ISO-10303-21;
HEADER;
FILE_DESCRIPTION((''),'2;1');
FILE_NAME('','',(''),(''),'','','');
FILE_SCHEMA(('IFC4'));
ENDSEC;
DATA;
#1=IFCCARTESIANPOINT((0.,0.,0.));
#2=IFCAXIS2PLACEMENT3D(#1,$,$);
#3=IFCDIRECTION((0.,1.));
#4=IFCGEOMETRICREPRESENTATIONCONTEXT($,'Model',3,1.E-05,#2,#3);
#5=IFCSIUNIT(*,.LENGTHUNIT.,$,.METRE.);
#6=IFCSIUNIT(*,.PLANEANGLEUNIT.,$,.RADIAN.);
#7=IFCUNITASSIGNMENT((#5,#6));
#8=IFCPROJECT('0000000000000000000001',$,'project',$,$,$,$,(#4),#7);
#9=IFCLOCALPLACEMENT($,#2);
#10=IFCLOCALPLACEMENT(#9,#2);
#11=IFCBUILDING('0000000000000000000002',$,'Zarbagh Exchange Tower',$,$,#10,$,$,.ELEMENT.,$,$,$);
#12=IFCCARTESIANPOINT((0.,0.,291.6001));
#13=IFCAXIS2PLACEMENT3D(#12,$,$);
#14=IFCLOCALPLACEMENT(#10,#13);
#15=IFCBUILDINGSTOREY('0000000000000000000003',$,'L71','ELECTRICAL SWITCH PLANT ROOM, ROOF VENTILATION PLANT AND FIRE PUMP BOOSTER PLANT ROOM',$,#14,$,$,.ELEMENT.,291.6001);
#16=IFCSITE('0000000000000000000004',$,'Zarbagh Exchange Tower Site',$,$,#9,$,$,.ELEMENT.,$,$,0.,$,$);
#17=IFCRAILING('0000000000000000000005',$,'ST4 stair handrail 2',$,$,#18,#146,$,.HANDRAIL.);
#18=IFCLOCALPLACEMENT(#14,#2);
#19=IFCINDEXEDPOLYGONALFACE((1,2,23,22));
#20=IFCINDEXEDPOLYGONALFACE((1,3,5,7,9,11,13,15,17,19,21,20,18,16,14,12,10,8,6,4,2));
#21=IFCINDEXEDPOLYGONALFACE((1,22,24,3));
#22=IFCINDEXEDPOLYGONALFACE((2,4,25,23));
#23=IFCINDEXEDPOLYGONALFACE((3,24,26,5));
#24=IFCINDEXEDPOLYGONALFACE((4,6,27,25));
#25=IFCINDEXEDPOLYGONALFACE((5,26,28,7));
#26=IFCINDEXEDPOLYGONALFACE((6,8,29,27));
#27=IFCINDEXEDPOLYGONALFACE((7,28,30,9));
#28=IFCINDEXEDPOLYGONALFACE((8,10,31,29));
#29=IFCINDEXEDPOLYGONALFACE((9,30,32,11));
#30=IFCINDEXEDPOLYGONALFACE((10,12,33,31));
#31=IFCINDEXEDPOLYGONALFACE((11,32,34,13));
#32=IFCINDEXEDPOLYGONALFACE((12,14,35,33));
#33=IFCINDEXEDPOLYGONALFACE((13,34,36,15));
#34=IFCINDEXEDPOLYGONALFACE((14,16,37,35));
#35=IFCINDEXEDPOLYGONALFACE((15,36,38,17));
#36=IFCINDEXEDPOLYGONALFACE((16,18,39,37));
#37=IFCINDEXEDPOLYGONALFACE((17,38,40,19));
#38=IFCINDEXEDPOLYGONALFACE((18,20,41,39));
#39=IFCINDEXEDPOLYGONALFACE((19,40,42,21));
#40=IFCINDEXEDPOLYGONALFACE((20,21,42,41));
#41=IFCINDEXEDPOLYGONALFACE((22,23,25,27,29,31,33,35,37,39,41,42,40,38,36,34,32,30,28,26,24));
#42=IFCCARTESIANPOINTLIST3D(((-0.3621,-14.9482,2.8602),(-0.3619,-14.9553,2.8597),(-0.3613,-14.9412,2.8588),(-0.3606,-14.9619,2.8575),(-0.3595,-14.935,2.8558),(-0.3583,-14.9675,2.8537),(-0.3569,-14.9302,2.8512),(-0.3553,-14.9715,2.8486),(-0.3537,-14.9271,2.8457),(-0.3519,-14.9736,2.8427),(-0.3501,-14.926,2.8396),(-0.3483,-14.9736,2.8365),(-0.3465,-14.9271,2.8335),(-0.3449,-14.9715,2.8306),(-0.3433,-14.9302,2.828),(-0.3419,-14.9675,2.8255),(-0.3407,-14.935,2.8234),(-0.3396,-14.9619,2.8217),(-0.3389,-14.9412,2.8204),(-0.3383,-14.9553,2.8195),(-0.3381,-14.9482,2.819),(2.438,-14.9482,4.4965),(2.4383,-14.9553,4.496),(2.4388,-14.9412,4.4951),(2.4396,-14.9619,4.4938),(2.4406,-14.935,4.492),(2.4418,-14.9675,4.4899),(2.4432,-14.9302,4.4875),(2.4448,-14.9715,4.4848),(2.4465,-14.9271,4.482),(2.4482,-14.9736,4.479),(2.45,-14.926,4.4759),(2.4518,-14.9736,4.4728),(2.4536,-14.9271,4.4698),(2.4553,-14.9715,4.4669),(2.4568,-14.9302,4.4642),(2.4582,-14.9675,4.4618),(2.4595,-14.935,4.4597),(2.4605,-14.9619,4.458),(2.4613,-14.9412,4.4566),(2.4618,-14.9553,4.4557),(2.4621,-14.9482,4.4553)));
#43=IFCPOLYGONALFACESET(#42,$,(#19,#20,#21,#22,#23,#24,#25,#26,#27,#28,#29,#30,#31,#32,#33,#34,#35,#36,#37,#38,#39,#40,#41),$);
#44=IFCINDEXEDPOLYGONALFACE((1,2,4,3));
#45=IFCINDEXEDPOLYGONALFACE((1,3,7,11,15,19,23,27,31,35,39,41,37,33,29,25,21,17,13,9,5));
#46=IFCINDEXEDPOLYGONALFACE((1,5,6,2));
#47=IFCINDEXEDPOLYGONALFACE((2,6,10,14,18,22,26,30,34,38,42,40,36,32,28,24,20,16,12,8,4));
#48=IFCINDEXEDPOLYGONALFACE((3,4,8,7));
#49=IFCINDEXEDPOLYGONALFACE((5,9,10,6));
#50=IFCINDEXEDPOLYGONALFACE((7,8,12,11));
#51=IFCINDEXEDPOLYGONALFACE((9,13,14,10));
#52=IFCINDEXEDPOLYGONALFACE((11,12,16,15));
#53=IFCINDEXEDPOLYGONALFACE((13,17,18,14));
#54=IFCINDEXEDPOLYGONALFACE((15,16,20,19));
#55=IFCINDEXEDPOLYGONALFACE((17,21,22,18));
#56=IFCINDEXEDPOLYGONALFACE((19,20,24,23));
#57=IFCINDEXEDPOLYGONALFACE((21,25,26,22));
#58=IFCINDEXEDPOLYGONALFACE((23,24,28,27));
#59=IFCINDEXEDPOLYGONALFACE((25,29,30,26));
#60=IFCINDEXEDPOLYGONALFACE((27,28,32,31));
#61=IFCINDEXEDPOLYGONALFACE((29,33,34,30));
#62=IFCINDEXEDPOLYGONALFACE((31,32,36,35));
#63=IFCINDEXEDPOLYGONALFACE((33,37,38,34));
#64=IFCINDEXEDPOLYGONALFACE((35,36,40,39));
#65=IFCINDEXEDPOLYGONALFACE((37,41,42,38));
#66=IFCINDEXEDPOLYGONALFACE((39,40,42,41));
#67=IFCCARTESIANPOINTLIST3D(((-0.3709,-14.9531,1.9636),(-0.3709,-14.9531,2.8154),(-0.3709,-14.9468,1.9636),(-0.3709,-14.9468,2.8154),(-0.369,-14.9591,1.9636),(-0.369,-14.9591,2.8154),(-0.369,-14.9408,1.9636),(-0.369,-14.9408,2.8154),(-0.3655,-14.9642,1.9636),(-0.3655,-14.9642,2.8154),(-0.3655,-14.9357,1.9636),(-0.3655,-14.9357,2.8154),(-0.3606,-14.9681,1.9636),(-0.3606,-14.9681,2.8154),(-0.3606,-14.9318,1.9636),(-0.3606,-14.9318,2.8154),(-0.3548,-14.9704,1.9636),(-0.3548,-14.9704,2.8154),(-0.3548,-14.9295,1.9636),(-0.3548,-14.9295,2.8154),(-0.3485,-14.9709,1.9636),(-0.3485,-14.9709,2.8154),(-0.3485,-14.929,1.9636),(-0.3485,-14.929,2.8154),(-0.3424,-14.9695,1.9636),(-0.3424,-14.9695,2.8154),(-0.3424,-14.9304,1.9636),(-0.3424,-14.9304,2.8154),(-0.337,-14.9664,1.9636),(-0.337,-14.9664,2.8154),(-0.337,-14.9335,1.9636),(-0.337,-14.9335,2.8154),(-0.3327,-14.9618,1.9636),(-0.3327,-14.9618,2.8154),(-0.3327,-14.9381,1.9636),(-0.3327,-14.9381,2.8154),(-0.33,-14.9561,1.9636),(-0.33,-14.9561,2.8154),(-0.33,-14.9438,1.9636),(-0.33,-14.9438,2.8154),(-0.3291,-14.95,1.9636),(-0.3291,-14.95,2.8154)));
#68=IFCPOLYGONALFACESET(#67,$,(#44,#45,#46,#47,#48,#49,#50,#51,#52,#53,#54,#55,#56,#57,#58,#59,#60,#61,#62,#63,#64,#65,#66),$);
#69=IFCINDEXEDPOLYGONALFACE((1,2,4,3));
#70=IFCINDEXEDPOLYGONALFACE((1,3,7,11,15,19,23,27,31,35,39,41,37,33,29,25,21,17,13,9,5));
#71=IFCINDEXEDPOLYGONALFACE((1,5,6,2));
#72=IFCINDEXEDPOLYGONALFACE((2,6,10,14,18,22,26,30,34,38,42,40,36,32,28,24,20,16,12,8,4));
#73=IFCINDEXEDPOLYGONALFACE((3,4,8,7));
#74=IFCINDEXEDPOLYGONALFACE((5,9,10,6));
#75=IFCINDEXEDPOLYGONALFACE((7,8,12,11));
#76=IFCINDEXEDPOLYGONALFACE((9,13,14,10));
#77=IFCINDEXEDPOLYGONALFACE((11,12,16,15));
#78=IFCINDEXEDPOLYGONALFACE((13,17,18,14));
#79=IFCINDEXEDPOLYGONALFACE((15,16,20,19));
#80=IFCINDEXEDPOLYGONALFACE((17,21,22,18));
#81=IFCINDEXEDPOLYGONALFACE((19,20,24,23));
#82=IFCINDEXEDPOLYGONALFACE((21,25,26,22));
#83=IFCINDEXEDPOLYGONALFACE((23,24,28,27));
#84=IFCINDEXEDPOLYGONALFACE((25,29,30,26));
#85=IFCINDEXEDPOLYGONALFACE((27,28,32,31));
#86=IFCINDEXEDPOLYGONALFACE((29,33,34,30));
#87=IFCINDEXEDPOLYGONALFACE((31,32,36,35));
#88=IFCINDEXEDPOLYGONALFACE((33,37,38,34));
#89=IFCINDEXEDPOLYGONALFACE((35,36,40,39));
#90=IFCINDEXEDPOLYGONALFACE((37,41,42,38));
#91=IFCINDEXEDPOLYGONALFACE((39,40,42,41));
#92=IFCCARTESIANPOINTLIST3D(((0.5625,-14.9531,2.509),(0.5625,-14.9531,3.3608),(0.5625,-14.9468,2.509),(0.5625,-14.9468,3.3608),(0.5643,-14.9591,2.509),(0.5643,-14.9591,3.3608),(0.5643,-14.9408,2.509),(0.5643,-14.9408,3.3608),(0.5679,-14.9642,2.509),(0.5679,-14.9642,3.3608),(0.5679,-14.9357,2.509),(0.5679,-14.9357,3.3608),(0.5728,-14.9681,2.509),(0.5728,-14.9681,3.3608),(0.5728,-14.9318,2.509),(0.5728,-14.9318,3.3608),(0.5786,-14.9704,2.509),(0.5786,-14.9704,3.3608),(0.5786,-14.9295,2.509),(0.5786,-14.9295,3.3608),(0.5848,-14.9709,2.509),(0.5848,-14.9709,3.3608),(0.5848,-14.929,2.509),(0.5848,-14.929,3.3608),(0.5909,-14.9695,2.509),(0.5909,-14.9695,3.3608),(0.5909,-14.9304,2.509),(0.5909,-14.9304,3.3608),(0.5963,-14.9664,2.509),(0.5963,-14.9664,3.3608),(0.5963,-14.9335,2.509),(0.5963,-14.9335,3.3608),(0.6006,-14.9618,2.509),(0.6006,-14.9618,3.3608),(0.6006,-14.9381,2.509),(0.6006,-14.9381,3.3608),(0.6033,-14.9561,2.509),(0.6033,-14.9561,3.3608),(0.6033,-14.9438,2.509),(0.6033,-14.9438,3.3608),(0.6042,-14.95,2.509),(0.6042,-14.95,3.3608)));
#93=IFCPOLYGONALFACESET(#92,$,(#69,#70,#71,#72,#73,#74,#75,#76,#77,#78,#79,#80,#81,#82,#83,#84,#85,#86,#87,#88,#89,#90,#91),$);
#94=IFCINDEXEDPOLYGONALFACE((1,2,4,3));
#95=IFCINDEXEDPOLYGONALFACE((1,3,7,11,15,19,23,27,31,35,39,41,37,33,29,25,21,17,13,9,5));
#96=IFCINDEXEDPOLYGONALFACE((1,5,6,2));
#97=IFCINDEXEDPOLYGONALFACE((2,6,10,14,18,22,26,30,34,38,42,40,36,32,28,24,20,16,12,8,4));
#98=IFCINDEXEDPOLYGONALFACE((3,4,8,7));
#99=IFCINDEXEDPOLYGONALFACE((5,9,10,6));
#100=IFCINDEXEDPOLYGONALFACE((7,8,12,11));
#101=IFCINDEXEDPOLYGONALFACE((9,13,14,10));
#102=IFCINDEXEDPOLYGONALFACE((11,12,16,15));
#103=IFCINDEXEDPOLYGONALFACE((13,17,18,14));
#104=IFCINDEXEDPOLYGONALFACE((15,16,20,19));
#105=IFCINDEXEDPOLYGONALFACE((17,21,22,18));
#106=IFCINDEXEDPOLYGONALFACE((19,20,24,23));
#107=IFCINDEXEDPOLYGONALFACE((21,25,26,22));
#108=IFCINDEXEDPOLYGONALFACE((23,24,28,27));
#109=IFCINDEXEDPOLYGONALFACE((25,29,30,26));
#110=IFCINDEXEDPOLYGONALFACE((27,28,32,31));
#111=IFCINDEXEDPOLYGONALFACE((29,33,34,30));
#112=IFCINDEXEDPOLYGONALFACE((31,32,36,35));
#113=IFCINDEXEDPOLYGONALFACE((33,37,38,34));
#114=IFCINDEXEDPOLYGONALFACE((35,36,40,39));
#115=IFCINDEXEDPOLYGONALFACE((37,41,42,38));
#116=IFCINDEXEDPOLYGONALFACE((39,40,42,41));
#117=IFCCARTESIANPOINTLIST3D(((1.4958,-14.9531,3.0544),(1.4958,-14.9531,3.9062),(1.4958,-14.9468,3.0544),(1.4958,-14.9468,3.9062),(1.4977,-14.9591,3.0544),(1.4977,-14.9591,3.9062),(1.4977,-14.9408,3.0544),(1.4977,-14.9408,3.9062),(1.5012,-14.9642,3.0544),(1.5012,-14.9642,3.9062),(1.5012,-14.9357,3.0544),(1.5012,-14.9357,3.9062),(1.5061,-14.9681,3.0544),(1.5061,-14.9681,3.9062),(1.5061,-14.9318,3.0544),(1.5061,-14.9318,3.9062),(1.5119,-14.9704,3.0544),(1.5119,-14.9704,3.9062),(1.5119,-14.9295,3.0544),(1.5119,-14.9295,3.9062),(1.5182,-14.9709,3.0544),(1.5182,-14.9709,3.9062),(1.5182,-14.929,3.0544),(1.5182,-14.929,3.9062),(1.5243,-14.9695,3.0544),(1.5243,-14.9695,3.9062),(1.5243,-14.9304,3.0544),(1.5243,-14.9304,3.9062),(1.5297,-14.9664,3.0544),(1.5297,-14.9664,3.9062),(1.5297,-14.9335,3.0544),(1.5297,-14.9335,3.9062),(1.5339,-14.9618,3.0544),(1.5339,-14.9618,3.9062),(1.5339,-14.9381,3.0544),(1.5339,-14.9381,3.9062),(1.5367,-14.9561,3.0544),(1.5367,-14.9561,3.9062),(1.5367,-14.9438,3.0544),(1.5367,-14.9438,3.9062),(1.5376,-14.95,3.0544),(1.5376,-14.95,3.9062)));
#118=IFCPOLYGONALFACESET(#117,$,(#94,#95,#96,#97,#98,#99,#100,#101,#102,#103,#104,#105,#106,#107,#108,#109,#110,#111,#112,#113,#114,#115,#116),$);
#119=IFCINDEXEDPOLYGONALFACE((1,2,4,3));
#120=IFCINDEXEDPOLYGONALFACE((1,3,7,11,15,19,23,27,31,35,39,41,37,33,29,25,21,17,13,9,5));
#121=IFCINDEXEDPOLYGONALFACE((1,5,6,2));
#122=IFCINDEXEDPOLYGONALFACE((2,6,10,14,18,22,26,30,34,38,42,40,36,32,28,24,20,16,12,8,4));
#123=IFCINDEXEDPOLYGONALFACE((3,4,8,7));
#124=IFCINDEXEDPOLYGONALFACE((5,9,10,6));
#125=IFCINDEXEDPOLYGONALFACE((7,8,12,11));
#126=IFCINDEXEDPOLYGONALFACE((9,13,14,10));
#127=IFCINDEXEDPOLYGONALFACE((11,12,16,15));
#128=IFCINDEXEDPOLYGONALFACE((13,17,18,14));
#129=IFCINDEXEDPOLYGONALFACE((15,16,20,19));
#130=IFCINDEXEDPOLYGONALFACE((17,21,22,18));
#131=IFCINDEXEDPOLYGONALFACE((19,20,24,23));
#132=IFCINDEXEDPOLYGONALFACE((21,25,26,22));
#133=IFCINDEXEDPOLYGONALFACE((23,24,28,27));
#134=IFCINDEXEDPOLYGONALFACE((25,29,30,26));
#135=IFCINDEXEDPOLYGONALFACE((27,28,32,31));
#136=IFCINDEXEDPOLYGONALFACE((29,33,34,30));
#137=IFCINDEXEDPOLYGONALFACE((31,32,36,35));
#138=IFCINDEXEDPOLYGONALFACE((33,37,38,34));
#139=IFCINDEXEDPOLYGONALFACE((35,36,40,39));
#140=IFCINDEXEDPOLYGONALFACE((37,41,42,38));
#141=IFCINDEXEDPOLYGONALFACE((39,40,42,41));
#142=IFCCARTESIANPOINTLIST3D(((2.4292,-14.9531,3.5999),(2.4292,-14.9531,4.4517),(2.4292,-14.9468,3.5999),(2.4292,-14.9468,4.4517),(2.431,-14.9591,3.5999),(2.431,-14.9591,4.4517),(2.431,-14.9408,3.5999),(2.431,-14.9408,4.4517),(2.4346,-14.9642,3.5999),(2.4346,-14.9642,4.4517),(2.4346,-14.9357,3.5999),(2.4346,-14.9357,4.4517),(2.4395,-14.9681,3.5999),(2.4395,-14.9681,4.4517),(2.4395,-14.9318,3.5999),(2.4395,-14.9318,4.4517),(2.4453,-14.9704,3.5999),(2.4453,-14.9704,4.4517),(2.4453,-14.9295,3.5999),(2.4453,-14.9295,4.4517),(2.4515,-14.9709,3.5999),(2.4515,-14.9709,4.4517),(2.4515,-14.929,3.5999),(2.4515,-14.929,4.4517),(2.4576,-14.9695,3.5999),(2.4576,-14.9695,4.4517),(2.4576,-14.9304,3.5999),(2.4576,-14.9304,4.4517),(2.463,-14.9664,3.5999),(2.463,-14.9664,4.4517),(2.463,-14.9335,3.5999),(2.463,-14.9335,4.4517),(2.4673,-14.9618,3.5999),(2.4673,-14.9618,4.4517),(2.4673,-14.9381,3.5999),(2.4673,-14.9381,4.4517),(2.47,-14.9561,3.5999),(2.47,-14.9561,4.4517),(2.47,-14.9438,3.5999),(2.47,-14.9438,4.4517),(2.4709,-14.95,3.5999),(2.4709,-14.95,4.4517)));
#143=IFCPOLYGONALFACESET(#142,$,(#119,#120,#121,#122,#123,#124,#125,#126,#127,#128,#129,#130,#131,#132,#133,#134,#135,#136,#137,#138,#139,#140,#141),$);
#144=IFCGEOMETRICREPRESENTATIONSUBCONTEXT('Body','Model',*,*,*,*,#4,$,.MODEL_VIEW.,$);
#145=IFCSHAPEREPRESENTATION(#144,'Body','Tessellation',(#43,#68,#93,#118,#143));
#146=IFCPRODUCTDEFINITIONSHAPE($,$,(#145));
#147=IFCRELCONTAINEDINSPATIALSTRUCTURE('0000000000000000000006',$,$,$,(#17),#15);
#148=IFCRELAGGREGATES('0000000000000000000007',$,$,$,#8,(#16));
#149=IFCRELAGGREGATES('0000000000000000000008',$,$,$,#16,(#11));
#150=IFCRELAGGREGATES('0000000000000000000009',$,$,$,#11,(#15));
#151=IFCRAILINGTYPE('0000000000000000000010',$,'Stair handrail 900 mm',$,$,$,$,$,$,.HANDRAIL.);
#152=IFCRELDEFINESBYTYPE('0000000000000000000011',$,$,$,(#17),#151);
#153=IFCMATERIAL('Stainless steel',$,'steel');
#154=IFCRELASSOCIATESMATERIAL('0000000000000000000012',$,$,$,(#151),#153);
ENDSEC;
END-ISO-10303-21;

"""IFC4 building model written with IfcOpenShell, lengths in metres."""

from ifc_helpers import new_model, si_unit, direction, frame, origin, origin_2d, place, context, subcontext, project, spatial, circle, extrude, material, type_object, element, save


model = new_model("IFC4")

# Units and contexts
model_context = context("Model", 3, precision=1e-05, world=origin(), true_north=direction((0.0, 1.0)))
body_context = subcontext(model_context, "Body", "Model", "MODEL_VIEW")
ifc_project = project(units=[si_unit("LENGTHUNIT", "METRE"), si_unit("PLANEANGLEUNIT", "RADIAN")], contexts=[model_context])

# Site, building, storey
site_placement = place(None, origin())
site = spatial("IfcSite", under=ifc_project, at=site_placement, Name="Zarbagh Exchange Tower Site", CompositionType="ELEMENT", RefElevation=0.0)
building_placement = place(site_placement, origin())
building = spatial("IfcBuilding", under=site, at=building_placement, Name="Zarbagh Exchange Tower", CompositionType="ELEMENT")
storey_placement = place(building_placement, frame((0.0, 0.0, 291.6001)))
storey = spatial("IfcBuildingStorey", under=building, at=storey_placement, Name="L71", Description="ELECTRICAL SWITCH PLANT ROOM, ROOF VENTILATION PLANT AND FIRE PUMP BOOSTER PLANT ROOM", CompositionType="ELEMENT", Elevation=291.6001)

# Shared definitions
ifc_material_1 = material(Name="Stainless steel", Category="steel")

# Railing
railing_type_1 = type_object("IfcRailingType", Name="Stair handrail 900 mm", PredefinedType="HANDRAIL", material=ifc_material_1)
railing_1_placement = place(storey_placement, frame((-0.3501, -14.95, 1.9636)))
element("IfcRailing", 1, at=railing_1_placement, inside=storey, type_object=railing_type_1, Name="ST4 stair handrail 2", PredefinedType="HANDRAIL", context=body_context, shape_type="SweptSolid", body=[
    extrude(circle(Radius=0.0239, at=origin_2d()), frame((0.0, 0.0, 0.876), z_axis=(0.863394, 0.0, 0.504531), x_axis=(0.0, 1.0, 0.0)), (0.0, 0.0, 1.0), 3.2432),
    extrude(circle(Radius=0.021, at=origin_2d()), origin(), (0.0, 0.0, 1.0), 0.8518),
    extrude(circle(Radius=0.021, at=origin_2d()), frame((0.9333, 0.0, 0.5454)), (0.0, 0.0, 1.0), 0.8518),
    extrude(circle(Radius=0.021, at=origin_2d()), frame((1.8667, 0.0, 1.0908)), (0.0, 0.0, 1.0), 0.8518),
    extrude(circle(Radius=0.021, at=origin_2d()), frame((2.8, 0.0, 1.6362)), (0.0, 0.0, 1.0), 0.8518),
])

save(model, "model.ifc")
